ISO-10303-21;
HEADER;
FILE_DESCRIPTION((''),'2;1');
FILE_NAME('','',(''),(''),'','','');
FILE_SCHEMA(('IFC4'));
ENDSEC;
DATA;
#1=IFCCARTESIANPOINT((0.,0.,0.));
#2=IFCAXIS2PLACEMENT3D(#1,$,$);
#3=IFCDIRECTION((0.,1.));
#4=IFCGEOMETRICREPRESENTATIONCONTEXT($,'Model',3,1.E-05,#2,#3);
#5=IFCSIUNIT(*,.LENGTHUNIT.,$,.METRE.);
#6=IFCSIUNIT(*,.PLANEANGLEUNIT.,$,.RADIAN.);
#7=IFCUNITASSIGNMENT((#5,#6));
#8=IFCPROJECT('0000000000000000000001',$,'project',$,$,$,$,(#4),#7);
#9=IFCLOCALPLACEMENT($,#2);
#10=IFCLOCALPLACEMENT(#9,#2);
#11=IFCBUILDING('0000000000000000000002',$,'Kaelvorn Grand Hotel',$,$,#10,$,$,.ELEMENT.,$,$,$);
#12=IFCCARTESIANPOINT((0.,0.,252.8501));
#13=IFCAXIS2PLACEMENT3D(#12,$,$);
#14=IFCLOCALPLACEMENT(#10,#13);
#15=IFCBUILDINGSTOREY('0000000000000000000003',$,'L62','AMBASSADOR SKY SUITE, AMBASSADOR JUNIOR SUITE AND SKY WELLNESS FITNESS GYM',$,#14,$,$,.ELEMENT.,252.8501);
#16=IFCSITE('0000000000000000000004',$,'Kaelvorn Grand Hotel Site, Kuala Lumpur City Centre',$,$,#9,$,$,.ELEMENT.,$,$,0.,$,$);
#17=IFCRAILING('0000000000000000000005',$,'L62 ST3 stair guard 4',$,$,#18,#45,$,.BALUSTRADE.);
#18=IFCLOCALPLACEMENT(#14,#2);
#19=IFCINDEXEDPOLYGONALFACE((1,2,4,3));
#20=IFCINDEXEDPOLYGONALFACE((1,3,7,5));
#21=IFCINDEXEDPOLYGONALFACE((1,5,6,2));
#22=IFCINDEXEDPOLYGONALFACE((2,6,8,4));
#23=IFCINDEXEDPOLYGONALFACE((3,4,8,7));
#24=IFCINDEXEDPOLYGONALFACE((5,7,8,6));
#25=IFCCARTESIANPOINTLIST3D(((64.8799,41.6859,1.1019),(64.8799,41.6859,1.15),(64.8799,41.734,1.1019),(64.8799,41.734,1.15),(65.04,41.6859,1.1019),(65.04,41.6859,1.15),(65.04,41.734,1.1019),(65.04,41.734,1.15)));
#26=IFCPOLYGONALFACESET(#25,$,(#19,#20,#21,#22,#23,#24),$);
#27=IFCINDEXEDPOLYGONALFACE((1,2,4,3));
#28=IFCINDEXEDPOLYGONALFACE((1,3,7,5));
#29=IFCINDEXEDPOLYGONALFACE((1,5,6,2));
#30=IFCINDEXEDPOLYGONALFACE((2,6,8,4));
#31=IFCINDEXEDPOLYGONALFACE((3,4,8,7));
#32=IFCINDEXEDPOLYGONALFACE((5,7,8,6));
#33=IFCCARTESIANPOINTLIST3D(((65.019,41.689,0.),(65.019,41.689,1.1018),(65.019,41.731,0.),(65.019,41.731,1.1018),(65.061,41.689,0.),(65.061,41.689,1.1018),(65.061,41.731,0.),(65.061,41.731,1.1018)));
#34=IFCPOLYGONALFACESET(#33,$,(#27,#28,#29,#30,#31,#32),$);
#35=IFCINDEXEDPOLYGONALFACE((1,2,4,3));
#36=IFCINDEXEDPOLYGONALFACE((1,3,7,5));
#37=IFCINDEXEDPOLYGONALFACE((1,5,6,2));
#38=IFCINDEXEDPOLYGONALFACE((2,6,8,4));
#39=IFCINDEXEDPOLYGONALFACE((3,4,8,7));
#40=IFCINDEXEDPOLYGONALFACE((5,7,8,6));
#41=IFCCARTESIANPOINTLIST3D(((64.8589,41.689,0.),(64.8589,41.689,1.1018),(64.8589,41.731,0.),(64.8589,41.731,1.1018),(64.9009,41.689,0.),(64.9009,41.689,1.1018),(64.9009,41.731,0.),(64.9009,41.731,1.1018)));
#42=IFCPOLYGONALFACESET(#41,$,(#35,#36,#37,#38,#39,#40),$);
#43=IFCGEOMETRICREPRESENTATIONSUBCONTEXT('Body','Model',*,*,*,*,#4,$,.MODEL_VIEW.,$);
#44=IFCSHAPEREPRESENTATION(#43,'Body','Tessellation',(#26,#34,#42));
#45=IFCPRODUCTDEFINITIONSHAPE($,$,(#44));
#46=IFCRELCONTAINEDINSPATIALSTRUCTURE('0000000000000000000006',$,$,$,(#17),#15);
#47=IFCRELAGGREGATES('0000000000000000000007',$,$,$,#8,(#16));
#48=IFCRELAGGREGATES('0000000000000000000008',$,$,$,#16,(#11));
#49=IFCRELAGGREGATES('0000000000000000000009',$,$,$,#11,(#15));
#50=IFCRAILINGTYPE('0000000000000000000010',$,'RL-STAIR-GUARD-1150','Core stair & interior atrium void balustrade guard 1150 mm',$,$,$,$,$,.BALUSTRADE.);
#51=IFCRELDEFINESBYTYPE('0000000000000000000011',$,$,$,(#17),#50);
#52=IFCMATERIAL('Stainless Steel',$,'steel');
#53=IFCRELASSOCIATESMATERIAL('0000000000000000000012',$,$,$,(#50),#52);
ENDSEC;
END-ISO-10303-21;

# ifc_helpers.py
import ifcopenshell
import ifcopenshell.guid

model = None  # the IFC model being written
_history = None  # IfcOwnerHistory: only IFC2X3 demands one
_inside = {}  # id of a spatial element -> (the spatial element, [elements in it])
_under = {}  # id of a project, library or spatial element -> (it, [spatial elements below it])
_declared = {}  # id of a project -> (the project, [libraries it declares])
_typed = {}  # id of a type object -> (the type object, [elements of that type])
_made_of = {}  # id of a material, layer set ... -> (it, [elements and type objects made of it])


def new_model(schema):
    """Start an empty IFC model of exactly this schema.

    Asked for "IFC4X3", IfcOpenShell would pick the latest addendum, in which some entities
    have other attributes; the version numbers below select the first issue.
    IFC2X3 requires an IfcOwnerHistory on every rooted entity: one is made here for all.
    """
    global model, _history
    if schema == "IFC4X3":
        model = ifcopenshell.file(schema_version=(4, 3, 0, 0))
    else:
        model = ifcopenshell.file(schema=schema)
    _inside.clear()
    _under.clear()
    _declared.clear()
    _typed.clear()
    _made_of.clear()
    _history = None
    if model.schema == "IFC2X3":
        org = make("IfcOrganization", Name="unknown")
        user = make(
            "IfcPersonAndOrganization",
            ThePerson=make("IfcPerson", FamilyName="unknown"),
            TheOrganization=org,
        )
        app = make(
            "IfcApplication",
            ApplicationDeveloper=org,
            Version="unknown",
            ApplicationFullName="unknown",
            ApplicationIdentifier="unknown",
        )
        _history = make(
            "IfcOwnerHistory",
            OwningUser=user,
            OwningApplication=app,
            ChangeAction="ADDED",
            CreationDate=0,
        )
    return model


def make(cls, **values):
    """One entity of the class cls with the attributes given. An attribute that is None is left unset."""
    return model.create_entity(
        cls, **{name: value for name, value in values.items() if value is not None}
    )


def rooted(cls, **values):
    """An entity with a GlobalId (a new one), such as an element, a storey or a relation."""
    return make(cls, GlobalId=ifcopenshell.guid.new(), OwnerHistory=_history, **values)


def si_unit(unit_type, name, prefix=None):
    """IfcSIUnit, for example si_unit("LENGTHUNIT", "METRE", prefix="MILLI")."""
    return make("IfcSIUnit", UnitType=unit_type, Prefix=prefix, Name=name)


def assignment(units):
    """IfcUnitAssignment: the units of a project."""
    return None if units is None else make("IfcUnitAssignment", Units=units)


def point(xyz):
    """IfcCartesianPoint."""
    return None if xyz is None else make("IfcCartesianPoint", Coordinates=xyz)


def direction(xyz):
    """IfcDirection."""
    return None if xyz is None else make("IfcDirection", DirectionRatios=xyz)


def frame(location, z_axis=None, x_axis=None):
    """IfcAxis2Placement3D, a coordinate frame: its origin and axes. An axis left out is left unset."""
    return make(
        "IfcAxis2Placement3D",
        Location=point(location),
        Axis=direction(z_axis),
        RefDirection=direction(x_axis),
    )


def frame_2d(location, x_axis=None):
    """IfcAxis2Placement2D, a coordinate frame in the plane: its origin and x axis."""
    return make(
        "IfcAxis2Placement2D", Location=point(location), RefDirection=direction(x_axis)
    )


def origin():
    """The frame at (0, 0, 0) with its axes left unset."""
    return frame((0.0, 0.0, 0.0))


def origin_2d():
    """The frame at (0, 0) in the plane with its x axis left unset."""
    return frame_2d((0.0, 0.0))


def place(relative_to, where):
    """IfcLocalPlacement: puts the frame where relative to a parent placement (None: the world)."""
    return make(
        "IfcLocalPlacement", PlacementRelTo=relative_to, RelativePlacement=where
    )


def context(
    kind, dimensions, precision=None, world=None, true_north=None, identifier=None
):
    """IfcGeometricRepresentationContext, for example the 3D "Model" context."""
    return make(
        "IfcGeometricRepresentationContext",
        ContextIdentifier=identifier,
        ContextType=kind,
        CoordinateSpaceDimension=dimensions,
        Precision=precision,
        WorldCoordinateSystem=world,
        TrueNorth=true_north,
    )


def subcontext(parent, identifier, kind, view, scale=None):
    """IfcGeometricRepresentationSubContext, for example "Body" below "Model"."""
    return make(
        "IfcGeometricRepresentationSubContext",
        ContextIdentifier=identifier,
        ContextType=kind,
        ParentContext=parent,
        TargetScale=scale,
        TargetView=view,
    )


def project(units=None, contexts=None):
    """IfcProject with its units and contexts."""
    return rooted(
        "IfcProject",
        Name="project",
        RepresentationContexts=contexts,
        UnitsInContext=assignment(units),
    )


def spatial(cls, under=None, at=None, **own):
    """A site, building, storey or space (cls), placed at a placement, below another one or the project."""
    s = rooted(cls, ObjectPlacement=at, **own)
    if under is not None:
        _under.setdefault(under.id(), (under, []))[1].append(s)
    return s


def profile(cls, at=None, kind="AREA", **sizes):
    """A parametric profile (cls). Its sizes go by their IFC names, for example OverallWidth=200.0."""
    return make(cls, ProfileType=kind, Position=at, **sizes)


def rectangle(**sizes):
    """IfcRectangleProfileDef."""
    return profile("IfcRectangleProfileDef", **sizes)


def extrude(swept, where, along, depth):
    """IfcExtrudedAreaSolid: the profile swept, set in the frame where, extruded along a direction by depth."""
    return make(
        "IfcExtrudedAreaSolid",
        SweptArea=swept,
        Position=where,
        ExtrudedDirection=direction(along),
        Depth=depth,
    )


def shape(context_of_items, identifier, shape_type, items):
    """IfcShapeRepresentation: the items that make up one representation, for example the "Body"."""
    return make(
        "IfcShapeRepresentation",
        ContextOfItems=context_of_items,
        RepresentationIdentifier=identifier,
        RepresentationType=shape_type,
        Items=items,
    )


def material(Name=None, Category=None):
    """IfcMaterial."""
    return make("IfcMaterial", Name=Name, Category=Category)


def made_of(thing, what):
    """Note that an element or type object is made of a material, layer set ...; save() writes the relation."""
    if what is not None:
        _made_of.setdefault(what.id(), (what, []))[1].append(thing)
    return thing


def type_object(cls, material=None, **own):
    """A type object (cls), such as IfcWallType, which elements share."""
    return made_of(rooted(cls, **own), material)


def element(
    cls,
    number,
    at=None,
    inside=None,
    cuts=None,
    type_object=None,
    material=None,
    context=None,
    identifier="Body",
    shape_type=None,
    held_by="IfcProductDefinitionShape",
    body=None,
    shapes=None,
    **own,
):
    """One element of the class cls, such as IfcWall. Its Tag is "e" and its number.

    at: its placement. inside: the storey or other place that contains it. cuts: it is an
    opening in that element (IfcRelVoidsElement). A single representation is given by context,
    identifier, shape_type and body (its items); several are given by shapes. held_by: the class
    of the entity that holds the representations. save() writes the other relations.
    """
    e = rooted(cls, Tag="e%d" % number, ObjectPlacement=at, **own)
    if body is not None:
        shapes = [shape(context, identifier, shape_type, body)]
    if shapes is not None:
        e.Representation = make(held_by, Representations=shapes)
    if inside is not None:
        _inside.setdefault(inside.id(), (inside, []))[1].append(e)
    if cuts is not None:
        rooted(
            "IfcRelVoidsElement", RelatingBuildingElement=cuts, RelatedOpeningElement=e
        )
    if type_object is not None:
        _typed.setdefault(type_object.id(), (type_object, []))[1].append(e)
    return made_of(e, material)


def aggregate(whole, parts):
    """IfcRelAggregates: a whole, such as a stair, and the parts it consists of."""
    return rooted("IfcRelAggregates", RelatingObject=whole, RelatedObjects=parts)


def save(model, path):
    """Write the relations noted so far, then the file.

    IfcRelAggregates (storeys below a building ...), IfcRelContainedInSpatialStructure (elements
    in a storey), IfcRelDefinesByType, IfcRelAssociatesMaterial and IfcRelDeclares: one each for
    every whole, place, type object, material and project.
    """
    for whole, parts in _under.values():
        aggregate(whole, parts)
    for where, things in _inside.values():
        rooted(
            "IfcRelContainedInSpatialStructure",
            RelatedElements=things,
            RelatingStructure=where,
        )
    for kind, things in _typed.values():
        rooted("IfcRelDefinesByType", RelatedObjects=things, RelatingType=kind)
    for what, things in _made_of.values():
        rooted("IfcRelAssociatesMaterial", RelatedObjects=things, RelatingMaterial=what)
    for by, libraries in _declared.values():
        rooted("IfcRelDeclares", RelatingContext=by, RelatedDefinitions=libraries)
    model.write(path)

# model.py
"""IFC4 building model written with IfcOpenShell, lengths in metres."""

from ifc_helpers import new_model, si_unit, direction, frame, origin, origin_2d, place, context, subcontext, project, spatial, rectangle, extrude, material, type_object, element, save


model = new_model("IFC4")

# Units and contexts
model_context = context("Model", 3, precision=1e-05, world=origin(), true_north=direction((0.0, 1.0)))
body_context = subcontext(model_context, "Body", "Model", "MODEL_VIEW")
ifc_project = project(units=[si_unit("LENGTHUNIT", "METRE"), si_unit("PLANEANGLEUNIT", "RADIAN")], contexts=[model_context])

# Site, building, storey
site_placement = place(None, origin())
site = spatial("IfcSite", under=ifc_project, at=site_placement, Name="Kaelvorn Grand Hotel Site, Kuala Lumpur City Centre", CompositionType="ELEMENT", RefElevation=0.0)
building_placement = place(site_placement, origin())
building = spatial("IfcBuilding", under=site, at=building_placement, Name="Kaelvorn Grand Hotel", CompositionType="ELEMENT")
storey_placement = place(building_placement, frame((0.0, 0.0, 252.8501)))
storey = spatial("IfcBuildingStorey", under=building, at=storey_placement, Name="L62", Description="AMBASSADOR SKY SUITE, AMBASSADOR JUNIOR SUITE AND SKY WELLNESS FITNESS GYM", CompositionType="ELEMENT", Elevation=252.8501)

# Railing
ifc_material_1 = material(Name="Stainless Steel", Category="steel")
railing_type_1 = type_object("IfcRailingType", Name="RL-STAIR-GUARD-1150", Description="Core stair & interior atrium void balustrade guard 1150 mm", PredefinedType="BALUSTRADE", material=ifc_material_1)
railing_1_placement = place(storey_placement, frame((65.04, 41.71, 0.0)))
element("IfcRailing", 1, at=railing_1_placement, inside=storey, type_object=railing_type_1, Name="L62 ST3 stair guard 4", PredefinedType="BALUSTRADE", context=body_context, shape_type="SweptSolid", body=[
    extrude(rectangle(XDim=0.0481, YDim=0.0481, at=origin_2d()), frame((0.0, 0.0, 1.126), z_axis=(-1.0, 0.0, 0.0), x_axis=(0.0, -1.0, 0.0)), (0.0, 0.0, 1.0), 0.1602),
    extrude(rectangle(XDim=0.042, YDim=0.042, at=origin_2d()), origin(), (0.0, 0.0, 1.0), 1.1018),
    extrude(rectangle(XDim=0.042, YDim=0.042, at=origin_2d()), frame((-0.1602, 0.0, 0.0)), (0.0, 0.0, 1.0), 1.1018),
])

save(model, "model.ifc")
